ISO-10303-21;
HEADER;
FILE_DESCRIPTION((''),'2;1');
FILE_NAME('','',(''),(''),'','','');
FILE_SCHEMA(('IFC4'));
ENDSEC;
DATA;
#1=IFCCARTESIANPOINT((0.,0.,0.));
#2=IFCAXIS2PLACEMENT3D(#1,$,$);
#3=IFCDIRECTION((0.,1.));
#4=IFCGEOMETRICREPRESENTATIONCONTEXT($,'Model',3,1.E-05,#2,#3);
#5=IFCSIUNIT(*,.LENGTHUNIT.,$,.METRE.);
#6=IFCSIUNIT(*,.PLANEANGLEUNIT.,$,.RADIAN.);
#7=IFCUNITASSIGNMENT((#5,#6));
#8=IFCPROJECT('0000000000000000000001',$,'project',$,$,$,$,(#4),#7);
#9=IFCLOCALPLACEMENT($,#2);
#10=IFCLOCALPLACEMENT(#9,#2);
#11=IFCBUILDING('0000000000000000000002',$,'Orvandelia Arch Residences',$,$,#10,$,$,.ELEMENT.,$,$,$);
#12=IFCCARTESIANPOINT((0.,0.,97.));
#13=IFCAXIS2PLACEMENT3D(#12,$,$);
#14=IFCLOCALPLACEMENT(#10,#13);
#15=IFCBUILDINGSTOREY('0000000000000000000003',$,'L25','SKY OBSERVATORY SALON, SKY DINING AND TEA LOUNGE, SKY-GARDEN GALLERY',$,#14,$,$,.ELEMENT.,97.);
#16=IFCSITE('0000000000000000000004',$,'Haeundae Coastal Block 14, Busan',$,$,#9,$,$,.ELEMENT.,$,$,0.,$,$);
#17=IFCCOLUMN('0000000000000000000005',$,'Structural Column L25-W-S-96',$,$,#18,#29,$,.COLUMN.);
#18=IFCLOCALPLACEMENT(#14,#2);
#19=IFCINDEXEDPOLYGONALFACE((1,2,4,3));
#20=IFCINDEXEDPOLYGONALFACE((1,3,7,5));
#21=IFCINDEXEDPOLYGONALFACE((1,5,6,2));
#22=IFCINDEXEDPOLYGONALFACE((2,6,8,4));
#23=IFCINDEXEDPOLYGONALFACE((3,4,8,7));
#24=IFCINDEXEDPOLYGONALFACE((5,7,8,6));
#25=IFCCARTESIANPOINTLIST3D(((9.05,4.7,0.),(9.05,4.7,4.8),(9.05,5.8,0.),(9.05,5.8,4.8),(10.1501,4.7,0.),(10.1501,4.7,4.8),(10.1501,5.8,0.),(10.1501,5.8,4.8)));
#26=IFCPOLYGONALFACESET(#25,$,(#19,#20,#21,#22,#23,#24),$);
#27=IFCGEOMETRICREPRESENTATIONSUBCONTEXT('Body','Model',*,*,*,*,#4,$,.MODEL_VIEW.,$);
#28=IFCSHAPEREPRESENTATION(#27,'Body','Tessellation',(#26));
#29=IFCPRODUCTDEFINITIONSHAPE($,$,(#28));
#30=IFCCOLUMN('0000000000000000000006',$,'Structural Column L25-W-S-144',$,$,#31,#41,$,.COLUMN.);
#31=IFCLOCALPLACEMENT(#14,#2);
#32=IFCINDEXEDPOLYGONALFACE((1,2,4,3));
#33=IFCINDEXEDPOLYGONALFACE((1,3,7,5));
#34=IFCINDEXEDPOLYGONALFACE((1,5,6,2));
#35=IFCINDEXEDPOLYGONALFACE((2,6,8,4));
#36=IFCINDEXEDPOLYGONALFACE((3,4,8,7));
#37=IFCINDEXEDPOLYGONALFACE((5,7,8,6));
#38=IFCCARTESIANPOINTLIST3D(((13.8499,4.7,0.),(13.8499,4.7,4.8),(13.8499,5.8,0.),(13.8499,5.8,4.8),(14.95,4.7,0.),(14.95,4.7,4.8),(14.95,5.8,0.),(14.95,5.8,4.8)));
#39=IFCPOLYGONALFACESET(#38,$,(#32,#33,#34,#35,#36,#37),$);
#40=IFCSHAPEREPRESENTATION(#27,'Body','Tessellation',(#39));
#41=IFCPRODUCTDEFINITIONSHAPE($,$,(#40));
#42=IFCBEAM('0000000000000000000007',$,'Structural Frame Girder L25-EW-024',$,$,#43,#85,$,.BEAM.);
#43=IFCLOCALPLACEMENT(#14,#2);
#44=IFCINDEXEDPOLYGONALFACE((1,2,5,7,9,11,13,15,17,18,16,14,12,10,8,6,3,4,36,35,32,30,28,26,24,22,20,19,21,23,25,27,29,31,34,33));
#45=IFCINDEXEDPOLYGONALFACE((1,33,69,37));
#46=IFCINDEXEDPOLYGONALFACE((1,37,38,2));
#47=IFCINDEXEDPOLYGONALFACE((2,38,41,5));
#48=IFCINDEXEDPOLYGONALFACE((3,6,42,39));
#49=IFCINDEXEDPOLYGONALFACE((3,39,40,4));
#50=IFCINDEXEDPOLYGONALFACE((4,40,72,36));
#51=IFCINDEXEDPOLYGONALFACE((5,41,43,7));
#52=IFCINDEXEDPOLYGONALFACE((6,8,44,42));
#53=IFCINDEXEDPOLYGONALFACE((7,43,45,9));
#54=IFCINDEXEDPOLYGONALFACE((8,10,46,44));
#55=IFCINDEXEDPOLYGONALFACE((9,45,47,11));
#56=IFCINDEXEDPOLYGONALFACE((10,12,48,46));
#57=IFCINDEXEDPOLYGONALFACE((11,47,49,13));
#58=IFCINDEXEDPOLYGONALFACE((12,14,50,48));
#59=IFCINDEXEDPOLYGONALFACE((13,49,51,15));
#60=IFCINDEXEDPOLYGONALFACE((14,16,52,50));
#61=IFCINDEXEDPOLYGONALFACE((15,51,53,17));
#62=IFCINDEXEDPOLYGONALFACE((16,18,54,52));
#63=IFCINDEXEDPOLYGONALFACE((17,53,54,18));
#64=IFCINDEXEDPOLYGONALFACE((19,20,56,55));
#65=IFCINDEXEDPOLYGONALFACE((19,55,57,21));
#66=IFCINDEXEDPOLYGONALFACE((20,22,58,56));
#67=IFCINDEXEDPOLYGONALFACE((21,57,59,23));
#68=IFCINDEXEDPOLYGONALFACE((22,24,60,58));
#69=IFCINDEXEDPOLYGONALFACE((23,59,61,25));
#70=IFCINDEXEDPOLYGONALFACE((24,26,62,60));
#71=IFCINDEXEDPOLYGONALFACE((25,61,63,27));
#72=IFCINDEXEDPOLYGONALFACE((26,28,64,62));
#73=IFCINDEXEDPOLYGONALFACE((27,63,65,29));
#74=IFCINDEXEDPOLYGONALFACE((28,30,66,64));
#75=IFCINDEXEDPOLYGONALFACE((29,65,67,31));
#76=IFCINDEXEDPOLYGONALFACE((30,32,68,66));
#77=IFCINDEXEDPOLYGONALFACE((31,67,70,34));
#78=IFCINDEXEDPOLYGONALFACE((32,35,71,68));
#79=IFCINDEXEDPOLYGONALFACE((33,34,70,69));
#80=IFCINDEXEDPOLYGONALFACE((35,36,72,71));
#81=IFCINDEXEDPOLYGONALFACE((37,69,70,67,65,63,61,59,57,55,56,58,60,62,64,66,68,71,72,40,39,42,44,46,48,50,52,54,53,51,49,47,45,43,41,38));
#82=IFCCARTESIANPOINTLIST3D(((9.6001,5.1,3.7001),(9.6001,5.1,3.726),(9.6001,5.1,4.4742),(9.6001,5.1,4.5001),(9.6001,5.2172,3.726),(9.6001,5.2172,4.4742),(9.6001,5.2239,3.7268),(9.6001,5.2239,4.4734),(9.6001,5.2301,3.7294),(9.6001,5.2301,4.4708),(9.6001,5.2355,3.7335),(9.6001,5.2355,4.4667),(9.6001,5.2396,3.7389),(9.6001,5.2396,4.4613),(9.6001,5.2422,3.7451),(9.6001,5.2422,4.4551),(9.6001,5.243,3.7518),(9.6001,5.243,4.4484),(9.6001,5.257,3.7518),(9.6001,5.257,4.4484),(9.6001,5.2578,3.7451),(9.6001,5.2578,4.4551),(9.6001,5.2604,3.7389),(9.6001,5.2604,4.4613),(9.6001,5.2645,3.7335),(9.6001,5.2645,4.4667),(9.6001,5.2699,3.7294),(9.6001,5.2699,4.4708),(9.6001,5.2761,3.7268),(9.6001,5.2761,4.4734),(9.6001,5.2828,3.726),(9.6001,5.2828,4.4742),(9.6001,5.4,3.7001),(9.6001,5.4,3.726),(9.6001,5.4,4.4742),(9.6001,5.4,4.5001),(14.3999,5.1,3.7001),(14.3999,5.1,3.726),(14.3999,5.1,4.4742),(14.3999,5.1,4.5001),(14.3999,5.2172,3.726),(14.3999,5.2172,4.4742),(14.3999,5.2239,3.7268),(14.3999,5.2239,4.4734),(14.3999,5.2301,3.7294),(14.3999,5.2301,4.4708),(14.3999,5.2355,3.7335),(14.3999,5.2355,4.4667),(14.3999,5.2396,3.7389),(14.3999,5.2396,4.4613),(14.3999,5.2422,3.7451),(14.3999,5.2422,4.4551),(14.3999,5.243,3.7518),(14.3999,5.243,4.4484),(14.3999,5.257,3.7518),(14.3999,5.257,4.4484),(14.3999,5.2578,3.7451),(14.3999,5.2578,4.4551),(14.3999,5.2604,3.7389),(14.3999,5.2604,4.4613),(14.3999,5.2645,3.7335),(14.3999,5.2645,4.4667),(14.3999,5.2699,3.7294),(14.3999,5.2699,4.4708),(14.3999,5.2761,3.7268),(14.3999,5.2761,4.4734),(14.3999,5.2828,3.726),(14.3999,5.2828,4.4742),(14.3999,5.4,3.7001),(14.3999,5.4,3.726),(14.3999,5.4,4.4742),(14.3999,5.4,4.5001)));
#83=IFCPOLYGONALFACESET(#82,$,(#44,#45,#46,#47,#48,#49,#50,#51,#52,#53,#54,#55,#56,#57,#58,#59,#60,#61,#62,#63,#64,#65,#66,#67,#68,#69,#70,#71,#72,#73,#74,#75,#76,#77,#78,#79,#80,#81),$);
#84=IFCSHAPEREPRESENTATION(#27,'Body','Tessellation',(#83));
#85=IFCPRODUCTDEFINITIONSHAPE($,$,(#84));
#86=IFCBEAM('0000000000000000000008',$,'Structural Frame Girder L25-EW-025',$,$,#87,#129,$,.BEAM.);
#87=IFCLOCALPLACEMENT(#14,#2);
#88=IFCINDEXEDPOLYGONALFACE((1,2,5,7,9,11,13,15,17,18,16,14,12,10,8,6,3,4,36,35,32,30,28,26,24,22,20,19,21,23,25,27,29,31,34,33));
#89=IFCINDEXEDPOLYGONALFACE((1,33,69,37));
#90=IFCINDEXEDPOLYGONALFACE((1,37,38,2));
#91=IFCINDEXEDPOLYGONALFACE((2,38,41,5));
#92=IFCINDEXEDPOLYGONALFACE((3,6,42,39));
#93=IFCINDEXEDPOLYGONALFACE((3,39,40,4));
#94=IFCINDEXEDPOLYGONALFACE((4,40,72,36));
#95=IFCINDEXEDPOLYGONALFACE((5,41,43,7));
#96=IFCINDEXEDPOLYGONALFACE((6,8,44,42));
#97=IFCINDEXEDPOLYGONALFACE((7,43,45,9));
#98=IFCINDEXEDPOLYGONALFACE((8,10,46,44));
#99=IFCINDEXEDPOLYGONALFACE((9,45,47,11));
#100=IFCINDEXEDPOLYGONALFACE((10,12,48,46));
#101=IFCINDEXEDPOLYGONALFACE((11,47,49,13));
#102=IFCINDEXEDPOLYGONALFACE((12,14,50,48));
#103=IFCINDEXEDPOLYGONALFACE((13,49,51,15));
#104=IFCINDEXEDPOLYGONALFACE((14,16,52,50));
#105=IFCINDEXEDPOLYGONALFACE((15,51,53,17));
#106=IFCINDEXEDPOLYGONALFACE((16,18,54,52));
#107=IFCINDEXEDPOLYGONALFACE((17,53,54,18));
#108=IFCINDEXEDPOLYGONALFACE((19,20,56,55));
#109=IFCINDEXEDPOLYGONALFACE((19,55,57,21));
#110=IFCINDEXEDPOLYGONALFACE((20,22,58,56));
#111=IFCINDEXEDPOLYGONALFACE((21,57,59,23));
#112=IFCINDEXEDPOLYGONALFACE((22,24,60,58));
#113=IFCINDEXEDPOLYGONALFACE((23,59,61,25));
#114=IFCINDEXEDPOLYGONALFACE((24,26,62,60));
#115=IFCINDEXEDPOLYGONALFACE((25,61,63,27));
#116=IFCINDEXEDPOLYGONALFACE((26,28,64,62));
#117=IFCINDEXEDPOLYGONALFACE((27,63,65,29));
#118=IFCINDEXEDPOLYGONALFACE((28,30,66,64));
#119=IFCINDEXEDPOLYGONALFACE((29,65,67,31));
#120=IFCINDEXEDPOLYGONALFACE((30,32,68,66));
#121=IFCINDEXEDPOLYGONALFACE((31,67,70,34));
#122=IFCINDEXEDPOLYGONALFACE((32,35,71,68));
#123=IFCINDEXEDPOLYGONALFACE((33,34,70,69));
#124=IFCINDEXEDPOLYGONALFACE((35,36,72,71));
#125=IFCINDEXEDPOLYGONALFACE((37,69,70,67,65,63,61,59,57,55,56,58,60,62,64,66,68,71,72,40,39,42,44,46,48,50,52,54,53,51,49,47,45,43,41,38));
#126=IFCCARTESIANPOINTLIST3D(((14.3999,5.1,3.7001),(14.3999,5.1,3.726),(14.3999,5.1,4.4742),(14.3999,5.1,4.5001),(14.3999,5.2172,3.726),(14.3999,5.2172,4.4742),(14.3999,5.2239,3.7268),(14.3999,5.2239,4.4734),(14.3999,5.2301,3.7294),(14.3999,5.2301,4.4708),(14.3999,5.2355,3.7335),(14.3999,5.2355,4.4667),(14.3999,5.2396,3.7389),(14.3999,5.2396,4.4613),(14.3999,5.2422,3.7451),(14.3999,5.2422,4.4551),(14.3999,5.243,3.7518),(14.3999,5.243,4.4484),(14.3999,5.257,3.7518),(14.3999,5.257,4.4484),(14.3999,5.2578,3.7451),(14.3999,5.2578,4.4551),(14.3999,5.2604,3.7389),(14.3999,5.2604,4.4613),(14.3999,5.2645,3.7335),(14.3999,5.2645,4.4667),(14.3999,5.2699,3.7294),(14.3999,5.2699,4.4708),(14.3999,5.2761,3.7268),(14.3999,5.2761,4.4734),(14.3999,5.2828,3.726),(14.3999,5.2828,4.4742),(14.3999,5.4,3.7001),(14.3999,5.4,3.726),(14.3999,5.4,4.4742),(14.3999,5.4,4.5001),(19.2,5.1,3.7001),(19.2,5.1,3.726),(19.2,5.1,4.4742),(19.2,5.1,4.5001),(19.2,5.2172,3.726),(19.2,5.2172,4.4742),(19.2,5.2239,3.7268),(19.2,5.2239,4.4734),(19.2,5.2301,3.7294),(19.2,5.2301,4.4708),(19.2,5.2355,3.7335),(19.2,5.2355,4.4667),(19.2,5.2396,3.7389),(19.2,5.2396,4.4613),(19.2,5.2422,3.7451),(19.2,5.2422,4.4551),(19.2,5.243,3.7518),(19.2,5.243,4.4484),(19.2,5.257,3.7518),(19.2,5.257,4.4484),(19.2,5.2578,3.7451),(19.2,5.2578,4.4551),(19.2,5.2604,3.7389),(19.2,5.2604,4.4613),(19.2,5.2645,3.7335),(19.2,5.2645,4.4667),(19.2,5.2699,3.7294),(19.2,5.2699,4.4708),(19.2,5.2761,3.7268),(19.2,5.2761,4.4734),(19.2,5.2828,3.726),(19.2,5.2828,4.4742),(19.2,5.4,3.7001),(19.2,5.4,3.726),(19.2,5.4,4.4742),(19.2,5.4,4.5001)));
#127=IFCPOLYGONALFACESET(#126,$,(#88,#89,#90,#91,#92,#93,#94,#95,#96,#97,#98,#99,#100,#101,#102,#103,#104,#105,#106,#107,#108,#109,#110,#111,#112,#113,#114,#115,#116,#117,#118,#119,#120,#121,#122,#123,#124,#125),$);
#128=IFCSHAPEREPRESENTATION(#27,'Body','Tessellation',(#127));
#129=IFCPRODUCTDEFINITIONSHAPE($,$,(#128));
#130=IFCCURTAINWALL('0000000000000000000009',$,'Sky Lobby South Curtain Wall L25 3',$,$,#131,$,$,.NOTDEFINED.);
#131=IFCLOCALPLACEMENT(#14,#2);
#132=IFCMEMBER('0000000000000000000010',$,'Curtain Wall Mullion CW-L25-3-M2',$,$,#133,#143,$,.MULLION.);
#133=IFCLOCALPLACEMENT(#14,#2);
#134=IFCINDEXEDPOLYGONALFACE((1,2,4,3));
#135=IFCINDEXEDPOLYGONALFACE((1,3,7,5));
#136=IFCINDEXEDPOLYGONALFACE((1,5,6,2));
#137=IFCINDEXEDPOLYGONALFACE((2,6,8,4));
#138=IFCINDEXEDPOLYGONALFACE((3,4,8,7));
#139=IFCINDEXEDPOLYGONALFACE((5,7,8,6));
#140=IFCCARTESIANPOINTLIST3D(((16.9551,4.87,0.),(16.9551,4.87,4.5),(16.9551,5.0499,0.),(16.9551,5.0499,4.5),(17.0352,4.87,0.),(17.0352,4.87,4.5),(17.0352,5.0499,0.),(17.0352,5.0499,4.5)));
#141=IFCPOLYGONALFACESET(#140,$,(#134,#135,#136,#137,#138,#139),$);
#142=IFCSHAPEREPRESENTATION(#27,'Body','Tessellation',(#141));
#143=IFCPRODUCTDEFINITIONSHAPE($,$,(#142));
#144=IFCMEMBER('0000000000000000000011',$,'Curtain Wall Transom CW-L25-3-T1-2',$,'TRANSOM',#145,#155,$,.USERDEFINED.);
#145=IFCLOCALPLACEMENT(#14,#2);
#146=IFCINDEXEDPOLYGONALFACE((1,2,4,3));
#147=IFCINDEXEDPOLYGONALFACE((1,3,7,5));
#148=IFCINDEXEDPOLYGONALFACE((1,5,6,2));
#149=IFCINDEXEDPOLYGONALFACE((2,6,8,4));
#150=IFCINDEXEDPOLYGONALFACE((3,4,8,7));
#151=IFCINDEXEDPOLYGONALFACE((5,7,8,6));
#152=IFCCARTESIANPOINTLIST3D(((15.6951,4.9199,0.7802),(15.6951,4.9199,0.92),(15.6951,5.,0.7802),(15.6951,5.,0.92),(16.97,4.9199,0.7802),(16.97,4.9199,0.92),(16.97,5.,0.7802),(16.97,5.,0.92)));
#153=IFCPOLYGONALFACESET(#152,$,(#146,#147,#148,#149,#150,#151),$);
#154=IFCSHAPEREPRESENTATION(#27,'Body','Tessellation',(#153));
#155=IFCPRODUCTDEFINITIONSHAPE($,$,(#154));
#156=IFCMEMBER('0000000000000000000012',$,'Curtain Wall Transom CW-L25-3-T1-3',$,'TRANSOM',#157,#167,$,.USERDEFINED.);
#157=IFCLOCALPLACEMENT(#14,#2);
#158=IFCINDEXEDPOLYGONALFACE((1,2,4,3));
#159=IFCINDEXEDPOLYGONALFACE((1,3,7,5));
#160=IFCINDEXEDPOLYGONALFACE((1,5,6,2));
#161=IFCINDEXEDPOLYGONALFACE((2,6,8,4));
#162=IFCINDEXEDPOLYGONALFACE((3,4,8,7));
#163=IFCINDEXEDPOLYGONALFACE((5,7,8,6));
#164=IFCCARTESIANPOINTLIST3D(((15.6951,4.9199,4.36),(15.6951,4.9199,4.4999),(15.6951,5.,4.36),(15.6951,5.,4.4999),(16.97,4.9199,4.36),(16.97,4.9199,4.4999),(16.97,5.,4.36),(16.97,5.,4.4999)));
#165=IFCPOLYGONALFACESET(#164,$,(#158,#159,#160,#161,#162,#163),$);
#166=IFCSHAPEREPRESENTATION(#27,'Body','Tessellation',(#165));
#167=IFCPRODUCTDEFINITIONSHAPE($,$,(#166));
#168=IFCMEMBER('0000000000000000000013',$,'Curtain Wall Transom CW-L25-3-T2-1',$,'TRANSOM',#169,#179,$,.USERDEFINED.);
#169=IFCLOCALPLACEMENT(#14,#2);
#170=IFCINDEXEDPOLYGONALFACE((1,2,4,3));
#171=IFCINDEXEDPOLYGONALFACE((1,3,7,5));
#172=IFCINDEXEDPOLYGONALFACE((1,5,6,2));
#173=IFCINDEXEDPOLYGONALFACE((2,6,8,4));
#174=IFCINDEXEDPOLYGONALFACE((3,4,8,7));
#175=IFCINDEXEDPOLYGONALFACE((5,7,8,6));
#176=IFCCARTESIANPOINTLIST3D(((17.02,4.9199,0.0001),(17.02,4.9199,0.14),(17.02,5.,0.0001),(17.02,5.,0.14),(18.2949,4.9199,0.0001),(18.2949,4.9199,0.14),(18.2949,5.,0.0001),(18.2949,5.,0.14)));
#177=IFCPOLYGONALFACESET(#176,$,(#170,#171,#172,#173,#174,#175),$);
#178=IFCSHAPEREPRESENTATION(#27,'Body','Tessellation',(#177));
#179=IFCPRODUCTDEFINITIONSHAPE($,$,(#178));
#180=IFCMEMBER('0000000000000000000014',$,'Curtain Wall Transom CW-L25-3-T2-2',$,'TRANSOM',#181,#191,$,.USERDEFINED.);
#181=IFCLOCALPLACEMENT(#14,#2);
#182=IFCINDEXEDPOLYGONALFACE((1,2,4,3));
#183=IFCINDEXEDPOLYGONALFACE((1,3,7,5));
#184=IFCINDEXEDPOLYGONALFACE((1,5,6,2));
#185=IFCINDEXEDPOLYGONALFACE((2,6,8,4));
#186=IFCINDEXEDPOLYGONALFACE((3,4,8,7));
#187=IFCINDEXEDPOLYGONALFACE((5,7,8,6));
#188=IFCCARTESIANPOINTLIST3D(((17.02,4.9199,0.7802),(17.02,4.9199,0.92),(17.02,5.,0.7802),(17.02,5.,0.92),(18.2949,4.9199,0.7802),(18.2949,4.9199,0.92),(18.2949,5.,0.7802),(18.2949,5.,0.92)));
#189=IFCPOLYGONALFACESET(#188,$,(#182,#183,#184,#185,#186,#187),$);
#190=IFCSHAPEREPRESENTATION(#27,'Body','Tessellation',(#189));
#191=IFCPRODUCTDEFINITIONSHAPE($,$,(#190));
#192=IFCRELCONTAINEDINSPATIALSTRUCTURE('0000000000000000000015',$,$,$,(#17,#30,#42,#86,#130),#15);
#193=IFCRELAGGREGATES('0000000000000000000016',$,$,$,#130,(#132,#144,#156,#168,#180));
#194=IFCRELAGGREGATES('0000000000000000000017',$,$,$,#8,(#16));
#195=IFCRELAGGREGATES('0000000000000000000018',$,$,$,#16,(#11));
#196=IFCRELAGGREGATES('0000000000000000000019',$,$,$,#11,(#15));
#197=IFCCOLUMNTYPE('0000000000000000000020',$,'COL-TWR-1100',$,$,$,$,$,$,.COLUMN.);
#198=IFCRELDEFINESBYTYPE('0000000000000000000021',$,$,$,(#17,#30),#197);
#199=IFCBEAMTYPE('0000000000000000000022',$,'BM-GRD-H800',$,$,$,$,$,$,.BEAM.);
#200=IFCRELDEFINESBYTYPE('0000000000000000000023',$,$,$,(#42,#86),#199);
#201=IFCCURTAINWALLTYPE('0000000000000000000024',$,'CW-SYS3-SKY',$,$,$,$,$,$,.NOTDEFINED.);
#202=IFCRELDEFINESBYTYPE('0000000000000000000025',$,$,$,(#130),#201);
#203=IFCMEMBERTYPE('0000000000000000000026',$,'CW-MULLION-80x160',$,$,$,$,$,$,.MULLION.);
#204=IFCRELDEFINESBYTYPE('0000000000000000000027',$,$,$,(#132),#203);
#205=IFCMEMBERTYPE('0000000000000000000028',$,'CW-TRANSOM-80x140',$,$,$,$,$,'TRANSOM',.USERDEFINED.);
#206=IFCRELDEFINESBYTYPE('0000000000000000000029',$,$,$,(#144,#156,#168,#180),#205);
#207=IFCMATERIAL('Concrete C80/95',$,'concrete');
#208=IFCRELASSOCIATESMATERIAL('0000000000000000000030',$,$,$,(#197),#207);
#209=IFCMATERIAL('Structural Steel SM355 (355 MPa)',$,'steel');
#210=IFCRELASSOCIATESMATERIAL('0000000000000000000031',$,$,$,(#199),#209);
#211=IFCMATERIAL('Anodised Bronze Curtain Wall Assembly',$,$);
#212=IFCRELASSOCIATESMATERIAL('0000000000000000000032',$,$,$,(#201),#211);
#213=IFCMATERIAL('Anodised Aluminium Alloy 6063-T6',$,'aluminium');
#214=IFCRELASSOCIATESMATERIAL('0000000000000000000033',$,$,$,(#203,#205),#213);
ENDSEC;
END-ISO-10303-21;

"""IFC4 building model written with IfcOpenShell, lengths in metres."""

from ifc_helpers import new_model, si_unit, direction, frame, origin, origin_2d, place, context, subcontext, project, spatial, rectangle, i_section, extrude, material, material_profile, profile_set, type_object, element, aggregate, save


model = new_model("IFC4")

# Units and contexts
model_context = context("Model", 3, precision=1e-05, world=origin(), true_north=direction((0.0, 1.0)))
body_context = subcontext(model_context, "Body", "Model", "MODEL_VIEW")
ifc_project = project(units=[si_unit("LENGTHUNIT", "METRE"), si_unit("PLANEANGLEUNIT", "RADIAN")], contexts=[model_context])

# Site, building, storey
site_placement = place(None, origin())
site = spatial("IfcSite", under=ifc_project, at=site_placement, Name="Haeundae Coastal Block 14, Busan", CompositionType="ELEMENT", RefElevation=0.0)
building_placement = place(site_placement, origin())
building = spatial("IfcBuilding", under=site, at=building_placement, Name="Orvandelia Arch Residences", CompositionType="ELEMENT")
storey_placement = place(building_placement, frame((0.0, 0.0, 97.0)))
storey = spatial("IfcBuildingStorey", under=building, at=storey_placement, Name="L25", Description="SKY OBSERVATORY SALON, SKY DINING AND TEA LOUNGE, SKY-GARDEN GALLERY", CompositionType="ELEMENT", Elevation=97.0)

# Columns
ifc_material_1 = material(Name="Concrete C80/95", Category="concrete")
ifc_material_profile_1 = material_profile(ifc_material_1, rectangle(XDim=1.1001, YDim=1.1001, at=origin_2d()), Name="Concrete C80/95", Category="concrete")
ifc_profile_set_1 = profile_set([ifc_material_profile_1], Name="Concrete C80/95")
column_type = type_object("IfcColumnType", Name="COL-TWR-1100", PredefinedType="COLUMN", material=ifc_profile_set_1)
for number, where, z_axis, x_axis, name in (
    (1, (9.6001, 5.25, 0.0), (0.0, 0.0, 1.0), (1.0, 0.0, 0.0), "Structural Column L25-W-S-96"),
    (2, (14.3999, 5.25, 0.0), (0.0, 0.0, 1.0), (1.0, 0.0, 0.0), "Structural Column L25-W-S-144"),
):
    element("IfcColumn", number, at=place(storey_placement, frame(where, z_axis=z_axis, x_axis=x_axis)), inside=storey, type_object=column_type, Name=name, PredefinedType="COLUMN", context=body_context, shape_type="SweptSolid", body=[
        extrude(rectangle(XDim=1.1001, YDim=1.1001, at=origin_2d()), origin(), (0.0, 0.0, 1.0), 4.8),
    ])

# Beams
ifc_material_2 = material(Name="Structural Steel SM355 (355 MPa)", Category="steel")
ifc_material_profile_2 = material_profile(ifc_material_2, i_section(OverallWidth=0.3, OverallDepth=0.8, WebThickness=0.0139, FlangeThickness=0.0259, FilletRadius=0.0259, at=origin_2d()), Name="Structural Steel SM355 (355 MPa)", Category="steel")
ifc_profile_set_2 = profile_set([ifc_material_profile_2], Name="Structural Steel SM355 (355 MPa)")
beam_type_1 = type_object("IfcBeamType", Name="BM-GRD-H800", PredefinedType="BEAM", material=ifc_profile_set_2)
beam_1_placement = place(storey_placement, frame((9.6001, 5.25, 4.1001), z_axis=(1.0, 0.0, 0.0), x_axis=(0.0, 1.0, 0.0)))
element("IfcBeam", 3, at=beam_1_placement, inside=storey, type_object=beam_type_1, Name="Structural Frame Girder L25-EW-024", PredefinedType="BEAM", context=body_context, shape_type="SweptSolid", body=[
    extrude(i_section(OverallWidth=0.3, OverallDepth=0.8, WebThickness=0.0139, FlangeThickness=0.0259, FilletRadius=0.0259, at=origin_2d()), origin(), (0.0, 0.0, 1.0), 4.7998),
])
beam_2_placement = place(storey_placement, frame((14.3999, 5.25, 4.1001), z_axis=(1.0, 0.0, 0.0), x_axis=(0.0, 1.0, 0.0)))
element("IfcBeam", 4, at=beam_2_placement, inside=storey, type_object=beam_type_1, Name="Structural Frame Girder L25-EW-025", PredefinedType="BEAM", context=body_context, shape_type="SweptSolid", body=[
    extrude(i_section(OverallWidth=0.3, OverallDepth=0.8, WebThickness=0.0139, FlangeThickness=0.0259, FilletRadius=0.0259, at=origin_2d()), origin(), (0.0, 0.0, 1.0), 4.8),
])

# Curtain wall, members
ifc_material_3 = material(Name="Anodised Bronze Curtain Wall Assembly")
curtain_wall_type = type_object("IfcCurtainWallType", Name="CW-SYS3-SKY", PredefinedType="NOTDEFINED", material=ifc_material_3)
curtain_wall_placement = place(storey_placement, origin())
curtain_wall = element("IfcCurtainWall", 5, at=curtain_wall_placement, inside=storey, type_object=curtain_wall_type, Name="Sky Lobby South Curtain Wall L25 3", PredefinedType="NOTDEFINED")
ifc_material_4 = material(Name="Anodised Aluminium Alloy 6063-T6", Category="aluminium")
ifc_material_profile_3 = material_profile(ifc_material_4, rectangle(XDim=0.0801, YDim=0.1799, at=origin_2d()), Name="Anodised Aluminium Alloy 6063-T6", Category="aluminium")
ifc_profile_set_3 = profile_set([ifc_material_profile_3], Name="Anodised Aluminium Alloy 6063-T6")
member_type_1 = type_object("IfcMemberType", Name="CW-MULLION-80x160", PredefinedType="MULLION", material=ifc_profile_set_3)
member_1_placement = place(storey_placement, frame((16.9951, 4.96, 0.0), z_axis=(0.0, 0.0, 1.0), x_axis=(1.0, 0.0, 0.0)))
member_1 = element("IfcMember", 6, at=member_1_placement, type_object=member_type_1, Name="Curtain Wall Mullion CW-L25-3-M2", PredefinedType="MULLION", context=body_context, shape_type="SweptSolid", body=[
    extrude(rectangle(XDim=0.0801, YDim=0.1799, at=origin_2d()), origin(), (0.0, 0.0, 1.0), 4.5),
])
ifc_material_profile_4 = material_profile(ifc_material_4, rectangle(XDim=0.0801, YDim=0.1399, at=origin_2d()), Name="Anodised Aluminium Alloy 6063-T6", Category="aluminium")
ifc_profile_set_4 = profile_set([ifc_material_profile_4], Name="Anodised Aluminium Alloy 6063-T6")
member_type_2 = type_object("IfcMemberType", Name="CW-TRANSOM-80x140", ElementType="TRANSOM", PredefinedType="USERDEFINED", material=ifc_profile_set_4)
member_2_placement = place(storey_placement, frame((15.6951, 4.96, 0.8501), z_axis=(1.0, 0.0, 0.0), x_axis=(0.0, 1.0, 0.0)))
member_2 = element("IfcMember", 7, at=member_2_placement, type_object=member_type_2, Name="Curtain Wall Transom CW-L25-3-T1-2", ObjectType="TRANSOM", PredefinedType="USERDEFINED", context=body_context, shape_type="SweptSolid", body=[
    extrude(rectangle(XDim=0.0801, YDim=0.1399, at=origin_2d()), origin(), (0.0, 0.0, 1.0), 1.2749),
])
member_3_placement = place(storey_placement, frame((15.6951, 4.96, 4.4299), z_axis=(1.0, 0.0, 0.0), x_axis=(0.0, 1.0, 0.0)))
member_3 = element("IfcMember", 8, at=member_3_placement, type_object=member_type_2, Name="Curtain Wall Transom CW-L25-3-T1-3", ObjectType="TRANSOM", PredefinedType="USERDEFINED", context=body_context, shape_type="SweptSolid", body=[
    extrude(rectangle(XDim=0.0801, YDim=0.1399, at=origin_2d()), origin(), (0.0, 0.0, 1.0), 1.2749),
])
member_4_placement = place(storey_placement, frame((17.02, 4.96, 0.0701), z_axis=(1.0, 0.0, 0.0), x_axis=(0.0, 1.0, 0.0)))
member_4 = element("IfcMember", 9, at=member_4_placement, type_object=member_type_2, Name="Curtain Wall Transom CW-L25-3-T2-1", ObjectType="TRANSOM", PredefinedType="USERDEFINED", context=body_context, shape_type="SweptSolid", body=[
    extrude(rectangle(XDim=0.0801, YDim=0.1399, at=origin_2d()), origin(), (0.0, 0.0, 1.0), 1.2749),
])
member_5_placement = place(storey_placement, frame((17.02, 4.96, 0.8501), z_axis=(1.0, 0.0, 0.0), x_axis=(0.0, 1.0, 0.0)))
member_5 = element("IfcMember", 10, at=member_5_placement, type_object=member_type_2, Name="Curtain Wall Transom CW-L25-3-T2-2", ObjectType="TRANSOM", PredefinedType="USERDEFINED", context=body_context, shape_type="SweptSolid", body=[
    extrude(rectangle(XDim=0.0801, YDim=0.1399, at=origin_2d()), origin(), (0.0, 0.0, 1.0), 1.2749),
])

aggregate(curtain_wall, [member_1, member_2, member_3, member_4, member_5])

save(model, "model.ifc")
